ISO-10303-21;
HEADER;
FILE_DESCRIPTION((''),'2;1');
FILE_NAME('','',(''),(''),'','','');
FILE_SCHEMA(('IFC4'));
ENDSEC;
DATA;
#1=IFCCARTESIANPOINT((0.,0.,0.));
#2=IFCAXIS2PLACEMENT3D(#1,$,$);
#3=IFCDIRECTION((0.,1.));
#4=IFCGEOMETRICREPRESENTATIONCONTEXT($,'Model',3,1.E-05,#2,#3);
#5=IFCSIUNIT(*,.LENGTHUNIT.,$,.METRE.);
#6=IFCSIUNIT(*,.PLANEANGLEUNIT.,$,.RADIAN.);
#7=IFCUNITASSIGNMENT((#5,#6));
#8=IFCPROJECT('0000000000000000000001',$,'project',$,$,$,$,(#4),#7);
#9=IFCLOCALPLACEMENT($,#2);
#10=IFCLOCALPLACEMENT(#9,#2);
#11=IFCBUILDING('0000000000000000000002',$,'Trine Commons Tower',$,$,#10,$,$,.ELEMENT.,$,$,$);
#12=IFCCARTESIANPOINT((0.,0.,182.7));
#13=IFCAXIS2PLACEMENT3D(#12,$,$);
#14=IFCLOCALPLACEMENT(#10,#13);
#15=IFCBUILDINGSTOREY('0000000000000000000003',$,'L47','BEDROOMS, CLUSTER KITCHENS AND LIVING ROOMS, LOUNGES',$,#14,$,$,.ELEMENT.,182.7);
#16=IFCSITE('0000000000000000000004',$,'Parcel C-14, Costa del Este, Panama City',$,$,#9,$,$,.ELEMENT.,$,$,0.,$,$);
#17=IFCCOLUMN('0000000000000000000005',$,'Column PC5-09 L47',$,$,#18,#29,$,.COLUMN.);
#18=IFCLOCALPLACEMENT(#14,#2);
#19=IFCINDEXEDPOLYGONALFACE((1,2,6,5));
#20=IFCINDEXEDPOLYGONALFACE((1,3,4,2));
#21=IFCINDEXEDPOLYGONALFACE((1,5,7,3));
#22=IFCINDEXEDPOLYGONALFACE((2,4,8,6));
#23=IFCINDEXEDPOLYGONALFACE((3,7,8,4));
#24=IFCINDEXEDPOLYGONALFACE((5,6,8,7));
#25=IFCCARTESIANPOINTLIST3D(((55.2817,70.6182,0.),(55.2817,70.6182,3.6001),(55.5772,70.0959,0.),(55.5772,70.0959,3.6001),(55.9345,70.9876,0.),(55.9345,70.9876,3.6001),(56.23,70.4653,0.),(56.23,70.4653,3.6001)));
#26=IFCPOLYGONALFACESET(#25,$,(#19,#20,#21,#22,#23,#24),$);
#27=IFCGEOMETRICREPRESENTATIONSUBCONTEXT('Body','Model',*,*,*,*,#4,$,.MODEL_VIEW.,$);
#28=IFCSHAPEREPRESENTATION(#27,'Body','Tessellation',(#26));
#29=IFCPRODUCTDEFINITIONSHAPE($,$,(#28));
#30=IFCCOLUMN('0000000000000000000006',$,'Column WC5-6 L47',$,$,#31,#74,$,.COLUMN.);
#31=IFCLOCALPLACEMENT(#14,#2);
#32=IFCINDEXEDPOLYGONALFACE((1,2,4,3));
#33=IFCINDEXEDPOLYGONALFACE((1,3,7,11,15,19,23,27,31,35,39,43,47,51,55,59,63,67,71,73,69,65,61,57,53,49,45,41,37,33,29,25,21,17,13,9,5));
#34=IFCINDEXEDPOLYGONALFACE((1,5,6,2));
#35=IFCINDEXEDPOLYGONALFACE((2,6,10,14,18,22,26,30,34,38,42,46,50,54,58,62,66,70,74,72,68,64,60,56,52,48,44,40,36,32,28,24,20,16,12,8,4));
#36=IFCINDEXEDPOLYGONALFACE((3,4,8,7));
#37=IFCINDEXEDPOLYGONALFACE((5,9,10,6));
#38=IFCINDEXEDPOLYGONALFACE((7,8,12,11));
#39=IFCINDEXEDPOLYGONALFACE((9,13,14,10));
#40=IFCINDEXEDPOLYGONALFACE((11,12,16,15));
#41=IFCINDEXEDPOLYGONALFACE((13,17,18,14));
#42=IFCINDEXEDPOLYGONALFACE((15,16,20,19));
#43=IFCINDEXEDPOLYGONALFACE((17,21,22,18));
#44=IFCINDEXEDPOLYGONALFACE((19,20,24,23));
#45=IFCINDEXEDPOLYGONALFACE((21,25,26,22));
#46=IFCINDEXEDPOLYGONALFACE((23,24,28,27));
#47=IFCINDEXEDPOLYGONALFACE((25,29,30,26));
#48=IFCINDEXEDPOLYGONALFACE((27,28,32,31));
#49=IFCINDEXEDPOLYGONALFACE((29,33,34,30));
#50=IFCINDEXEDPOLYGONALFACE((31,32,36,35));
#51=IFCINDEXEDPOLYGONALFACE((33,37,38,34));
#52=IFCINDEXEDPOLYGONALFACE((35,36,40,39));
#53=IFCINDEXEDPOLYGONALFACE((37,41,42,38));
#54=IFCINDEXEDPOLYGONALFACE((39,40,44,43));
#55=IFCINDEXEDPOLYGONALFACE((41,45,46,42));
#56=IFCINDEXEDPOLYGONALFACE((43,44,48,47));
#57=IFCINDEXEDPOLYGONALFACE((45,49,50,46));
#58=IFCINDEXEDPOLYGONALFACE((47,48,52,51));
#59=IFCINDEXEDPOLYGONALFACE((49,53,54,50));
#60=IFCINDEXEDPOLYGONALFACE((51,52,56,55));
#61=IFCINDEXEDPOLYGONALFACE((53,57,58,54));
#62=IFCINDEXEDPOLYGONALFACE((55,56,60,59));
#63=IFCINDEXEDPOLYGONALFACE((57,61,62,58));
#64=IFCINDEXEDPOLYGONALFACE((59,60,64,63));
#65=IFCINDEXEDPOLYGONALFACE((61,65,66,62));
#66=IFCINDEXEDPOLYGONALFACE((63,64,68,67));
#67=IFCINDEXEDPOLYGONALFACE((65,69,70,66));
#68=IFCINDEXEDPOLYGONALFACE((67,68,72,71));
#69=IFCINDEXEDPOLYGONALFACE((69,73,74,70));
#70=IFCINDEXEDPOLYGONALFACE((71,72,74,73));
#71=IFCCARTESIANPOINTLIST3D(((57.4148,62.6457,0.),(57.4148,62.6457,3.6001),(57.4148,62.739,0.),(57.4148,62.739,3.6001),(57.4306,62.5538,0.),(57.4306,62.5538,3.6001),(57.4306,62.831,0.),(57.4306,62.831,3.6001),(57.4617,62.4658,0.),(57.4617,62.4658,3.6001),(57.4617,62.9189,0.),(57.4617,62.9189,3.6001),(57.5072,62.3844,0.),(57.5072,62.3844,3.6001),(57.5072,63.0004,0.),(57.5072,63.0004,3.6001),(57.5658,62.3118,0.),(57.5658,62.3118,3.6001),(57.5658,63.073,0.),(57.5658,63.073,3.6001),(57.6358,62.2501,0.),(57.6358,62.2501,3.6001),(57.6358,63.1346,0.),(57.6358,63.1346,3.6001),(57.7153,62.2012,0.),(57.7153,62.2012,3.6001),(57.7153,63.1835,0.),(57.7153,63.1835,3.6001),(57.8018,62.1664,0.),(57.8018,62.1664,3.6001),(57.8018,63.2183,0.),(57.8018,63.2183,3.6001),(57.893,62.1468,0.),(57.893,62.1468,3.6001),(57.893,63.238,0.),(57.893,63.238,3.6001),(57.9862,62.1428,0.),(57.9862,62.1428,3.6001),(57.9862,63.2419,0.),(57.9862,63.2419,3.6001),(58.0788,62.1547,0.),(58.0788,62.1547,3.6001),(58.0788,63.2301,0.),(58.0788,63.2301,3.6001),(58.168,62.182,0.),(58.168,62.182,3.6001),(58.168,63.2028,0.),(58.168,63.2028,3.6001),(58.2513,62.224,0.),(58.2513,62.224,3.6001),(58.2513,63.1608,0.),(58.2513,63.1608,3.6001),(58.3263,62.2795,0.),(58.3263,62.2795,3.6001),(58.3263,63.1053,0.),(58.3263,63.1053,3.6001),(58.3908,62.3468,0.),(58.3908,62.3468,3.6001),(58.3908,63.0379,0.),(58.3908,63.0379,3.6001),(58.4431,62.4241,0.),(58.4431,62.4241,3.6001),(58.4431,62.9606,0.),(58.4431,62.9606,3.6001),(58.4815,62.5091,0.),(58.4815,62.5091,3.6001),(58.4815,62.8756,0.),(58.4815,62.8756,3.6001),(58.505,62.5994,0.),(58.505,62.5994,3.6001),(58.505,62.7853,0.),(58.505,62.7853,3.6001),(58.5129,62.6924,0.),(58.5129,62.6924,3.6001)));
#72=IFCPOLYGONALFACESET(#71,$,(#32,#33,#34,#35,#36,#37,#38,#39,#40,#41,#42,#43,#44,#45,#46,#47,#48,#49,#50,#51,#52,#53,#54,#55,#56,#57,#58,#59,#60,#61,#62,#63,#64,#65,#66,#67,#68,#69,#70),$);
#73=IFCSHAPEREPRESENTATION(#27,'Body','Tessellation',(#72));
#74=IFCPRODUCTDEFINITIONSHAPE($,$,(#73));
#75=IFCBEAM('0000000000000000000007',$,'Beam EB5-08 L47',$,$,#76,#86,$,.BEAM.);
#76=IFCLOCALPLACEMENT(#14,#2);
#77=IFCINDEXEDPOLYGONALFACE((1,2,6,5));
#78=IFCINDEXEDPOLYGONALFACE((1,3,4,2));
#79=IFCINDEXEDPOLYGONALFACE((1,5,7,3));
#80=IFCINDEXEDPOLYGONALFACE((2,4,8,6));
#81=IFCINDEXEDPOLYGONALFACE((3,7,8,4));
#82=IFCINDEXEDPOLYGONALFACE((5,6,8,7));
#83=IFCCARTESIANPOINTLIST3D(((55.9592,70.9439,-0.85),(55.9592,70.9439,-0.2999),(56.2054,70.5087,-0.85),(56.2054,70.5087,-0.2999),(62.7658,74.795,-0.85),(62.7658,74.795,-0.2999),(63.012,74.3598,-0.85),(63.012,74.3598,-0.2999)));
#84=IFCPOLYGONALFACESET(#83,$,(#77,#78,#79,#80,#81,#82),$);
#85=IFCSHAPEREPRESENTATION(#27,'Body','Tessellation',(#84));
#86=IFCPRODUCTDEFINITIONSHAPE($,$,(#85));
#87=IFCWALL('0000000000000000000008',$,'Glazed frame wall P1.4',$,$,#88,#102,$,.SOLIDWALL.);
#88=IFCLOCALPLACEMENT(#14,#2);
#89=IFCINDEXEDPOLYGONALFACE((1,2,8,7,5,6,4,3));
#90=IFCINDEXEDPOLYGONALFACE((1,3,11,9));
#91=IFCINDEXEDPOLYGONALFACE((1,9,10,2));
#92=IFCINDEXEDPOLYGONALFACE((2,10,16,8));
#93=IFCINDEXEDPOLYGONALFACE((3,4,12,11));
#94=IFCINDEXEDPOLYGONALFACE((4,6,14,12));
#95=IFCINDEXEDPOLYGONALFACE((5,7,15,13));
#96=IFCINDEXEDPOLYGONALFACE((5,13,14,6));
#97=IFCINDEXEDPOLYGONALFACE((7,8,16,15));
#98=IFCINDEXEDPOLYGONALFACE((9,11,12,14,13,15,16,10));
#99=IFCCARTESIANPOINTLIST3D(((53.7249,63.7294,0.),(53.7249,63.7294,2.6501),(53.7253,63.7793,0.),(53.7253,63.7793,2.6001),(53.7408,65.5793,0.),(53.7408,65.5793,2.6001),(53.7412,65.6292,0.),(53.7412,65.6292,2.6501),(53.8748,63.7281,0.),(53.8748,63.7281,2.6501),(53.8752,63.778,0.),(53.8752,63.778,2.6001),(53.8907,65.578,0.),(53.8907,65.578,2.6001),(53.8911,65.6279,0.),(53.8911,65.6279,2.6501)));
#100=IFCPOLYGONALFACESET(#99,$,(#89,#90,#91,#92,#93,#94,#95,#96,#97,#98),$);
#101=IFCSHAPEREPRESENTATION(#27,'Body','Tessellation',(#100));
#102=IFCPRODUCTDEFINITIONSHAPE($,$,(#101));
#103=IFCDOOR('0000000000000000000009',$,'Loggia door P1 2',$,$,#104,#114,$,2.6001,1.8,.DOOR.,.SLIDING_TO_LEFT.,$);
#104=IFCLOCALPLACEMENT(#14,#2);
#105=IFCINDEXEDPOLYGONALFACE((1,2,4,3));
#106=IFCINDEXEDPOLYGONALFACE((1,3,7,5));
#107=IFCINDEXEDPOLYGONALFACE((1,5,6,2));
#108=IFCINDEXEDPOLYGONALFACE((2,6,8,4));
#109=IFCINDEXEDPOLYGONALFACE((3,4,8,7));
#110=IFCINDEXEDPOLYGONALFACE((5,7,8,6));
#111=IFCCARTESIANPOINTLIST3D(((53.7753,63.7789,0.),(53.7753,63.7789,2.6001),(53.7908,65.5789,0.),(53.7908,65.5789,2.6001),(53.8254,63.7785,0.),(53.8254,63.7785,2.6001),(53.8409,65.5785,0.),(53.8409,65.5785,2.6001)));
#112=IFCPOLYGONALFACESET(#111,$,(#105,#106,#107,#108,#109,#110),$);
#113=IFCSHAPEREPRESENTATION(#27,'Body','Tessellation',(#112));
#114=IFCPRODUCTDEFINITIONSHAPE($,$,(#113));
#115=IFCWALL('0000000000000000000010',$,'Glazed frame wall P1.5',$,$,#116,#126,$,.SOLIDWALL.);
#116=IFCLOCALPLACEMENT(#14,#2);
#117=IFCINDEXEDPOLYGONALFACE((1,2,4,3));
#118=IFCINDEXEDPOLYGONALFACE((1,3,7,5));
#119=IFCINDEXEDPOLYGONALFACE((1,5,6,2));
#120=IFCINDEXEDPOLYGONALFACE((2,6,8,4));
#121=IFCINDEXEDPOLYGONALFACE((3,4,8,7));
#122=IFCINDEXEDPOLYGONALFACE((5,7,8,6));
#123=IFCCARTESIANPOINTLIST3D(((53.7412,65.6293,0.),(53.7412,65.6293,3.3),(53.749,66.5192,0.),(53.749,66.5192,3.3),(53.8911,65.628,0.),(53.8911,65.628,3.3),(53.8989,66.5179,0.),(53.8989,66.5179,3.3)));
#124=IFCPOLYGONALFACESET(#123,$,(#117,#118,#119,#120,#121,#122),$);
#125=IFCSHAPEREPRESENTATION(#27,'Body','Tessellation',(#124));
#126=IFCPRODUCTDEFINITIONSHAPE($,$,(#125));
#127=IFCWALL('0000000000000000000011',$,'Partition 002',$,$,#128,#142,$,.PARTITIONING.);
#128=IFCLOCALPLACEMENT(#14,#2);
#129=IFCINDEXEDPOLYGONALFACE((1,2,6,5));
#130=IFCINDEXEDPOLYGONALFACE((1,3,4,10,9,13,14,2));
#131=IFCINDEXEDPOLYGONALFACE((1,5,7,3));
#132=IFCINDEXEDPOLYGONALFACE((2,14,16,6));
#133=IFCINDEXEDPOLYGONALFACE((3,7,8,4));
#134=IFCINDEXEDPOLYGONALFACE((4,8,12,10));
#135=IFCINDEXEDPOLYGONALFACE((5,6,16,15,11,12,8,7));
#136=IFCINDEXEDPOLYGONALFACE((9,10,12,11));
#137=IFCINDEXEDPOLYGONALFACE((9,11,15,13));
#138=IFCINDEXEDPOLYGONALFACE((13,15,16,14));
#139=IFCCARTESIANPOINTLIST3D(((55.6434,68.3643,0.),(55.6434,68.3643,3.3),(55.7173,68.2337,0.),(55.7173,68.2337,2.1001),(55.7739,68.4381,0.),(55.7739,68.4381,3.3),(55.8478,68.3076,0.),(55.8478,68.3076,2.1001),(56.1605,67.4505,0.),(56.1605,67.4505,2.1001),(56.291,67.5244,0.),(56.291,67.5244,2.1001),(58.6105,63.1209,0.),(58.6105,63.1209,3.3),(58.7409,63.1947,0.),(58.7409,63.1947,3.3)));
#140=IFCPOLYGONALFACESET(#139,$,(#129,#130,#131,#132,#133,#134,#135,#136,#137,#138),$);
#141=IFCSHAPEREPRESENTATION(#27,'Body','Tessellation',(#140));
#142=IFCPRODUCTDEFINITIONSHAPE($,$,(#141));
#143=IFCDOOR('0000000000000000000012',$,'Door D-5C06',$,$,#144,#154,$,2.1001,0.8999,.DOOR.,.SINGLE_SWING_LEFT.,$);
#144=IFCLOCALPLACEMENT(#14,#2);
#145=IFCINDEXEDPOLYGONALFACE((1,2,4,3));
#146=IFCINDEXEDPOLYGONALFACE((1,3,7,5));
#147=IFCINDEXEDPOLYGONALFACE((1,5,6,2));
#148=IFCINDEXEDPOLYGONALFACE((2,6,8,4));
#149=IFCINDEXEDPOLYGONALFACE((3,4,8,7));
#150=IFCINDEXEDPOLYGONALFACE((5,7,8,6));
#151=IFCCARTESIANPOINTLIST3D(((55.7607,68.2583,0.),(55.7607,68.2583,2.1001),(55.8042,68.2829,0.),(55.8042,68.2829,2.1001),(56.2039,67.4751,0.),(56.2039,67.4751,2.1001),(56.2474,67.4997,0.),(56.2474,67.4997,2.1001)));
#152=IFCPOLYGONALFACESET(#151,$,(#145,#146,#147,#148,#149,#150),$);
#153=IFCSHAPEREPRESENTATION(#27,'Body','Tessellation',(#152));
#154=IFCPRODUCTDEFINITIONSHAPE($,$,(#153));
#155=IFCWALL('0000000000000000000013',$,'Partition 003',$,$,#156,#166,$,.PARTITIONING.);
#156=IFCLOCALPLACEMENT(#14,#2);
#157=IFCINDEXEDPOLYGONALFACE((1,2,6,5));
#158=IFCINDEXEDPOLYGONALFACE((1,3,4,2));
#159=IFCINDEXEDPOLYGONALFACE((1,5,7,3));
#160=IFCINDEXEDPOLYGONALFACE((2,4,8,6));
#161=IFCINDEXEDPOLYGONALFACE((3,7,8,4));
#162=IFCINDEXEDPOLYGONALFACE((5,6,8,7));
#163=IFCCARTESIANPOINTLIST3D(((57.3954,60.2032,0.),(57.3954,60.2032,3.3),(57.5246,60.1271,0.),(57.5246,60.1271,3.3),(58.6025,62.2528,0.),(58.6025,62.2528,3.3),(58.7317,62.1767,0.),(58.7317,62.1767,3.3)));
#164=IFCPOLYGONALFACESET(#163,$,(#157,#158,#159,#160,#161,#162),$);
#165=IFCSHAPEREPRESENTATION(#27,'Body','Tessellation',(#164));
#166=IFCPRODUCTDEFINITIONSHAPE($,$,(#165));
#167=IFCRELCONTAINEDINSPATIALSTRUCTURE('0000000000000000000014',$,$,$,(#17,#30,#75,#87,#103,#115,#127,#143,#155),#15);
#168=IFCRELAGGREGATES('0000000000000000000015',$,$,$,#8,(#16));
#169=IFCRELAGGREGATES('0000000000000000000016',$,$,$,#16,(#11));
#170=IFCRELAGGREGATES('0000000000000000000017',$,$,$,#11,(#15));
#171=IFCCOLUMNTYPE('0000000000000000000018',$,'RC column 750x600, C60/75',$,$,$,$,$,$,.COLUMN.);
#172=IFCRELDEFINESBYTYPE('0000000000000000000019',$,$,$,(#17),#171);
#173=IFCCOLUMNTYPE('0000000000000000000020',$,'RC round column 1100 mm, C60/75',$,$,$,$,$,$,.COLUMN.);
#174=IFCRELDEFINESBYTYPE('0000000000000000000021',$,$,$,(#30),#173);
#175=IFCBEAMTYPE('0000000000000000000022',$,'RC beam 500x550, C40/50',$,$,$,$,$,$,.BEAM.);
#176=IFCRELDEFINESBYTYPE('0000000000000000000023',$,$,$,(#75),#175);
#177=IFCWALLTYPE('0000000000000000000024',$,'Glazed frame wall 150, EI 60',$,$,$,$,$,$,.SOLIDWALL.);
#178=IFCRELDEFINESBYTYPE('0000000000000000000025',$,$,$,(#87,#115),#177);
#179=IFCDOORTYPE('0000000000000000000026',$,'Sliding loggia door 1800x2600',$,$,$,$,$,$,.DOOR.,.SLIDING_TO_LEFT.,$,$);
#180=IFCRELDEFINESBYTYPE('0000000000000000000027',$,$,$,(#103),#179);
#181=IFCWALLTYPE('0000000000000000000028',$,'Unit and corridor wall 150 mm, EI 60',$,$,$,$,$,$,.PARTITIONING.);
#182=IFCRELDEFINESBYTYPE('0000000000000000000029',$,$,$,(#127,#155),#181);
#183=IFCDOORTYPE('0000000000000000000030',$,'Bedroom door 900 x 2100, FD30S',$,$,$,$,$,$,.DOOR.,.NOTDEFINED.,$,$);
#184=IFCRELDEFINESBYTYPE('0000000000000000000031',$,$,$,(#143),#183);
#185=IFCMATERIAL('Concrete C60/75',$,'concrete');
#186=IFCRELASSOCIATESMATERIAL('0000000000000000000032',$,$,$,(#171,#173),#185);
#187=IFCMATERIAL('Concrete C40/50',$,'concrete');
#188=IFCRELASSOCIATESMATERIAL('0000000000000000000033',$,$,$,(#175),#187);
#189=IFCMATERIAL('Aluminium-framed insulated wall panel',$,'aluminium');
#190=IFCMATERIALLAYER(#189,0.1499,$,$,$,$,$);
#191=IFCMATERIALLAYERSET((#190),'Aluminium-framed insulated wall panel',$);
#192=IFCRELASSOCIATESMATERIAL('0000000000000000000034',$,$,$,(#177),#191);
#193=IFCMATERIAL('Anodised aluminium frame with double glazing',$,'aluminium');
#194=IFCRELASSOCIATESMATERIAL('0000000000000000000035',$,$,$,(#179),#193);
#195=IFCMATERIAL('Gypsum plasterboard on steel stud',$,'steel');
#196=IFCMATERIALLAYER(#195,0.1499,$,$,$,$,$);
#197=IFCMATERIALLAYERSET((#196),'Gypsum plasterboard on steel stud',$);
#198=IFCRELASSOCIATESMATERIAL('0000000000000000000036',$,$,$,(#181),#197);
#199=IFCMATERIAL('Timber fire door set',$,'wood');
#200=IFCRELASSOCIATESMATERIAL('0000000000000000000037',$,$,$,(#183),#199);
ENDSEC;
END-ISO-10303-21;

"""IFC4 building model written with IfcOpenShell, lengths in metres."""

from ifc_helpers import new_model, si_unit, direction, frame, frame_2d, origin, origin_2d, place, context, subcontext, project, spatial, polyline, rectangle, circle, outline, extrude, material, layer, layer_set, material_profile, profile_set, type_object, element, fill, save


model = new_model("IFC4")

# Units and contexts
model_context = context("Model", 3, precision=1e-05, world=origin(), true_north=direction((0.0, 1.0)))
body_context = subcontext(model_context, "Body", "Model", "MODEL_VIEW")
ifc_project = project(units=[si_unit("LENGTHUNIT", "METRE"), si_unit("PLANEANGLEUNIT", "RADIAN")], contexts=[model_context])

# Site, building, storey
site_placement = place(None, origin())
site = spatial("IfcSite", under=ifc_project, at=site_placement, Name="Parcel C-14, Costa del Este, Panama City", CompositionType="ELEMENT", RefElevation=0.0)
building_placement = place(site_placement, origin())
building = spatial("IfcBuilding", under=site, at=building_placement, Name="Trine Commons Tower", CompositionType="ELEMENT")
storey_placement = place(building_placement, frame((0.0, 0.0, 182.7)))
storey = spatial("IfcBuildingStorey", under=building, at=storey_placement, Name="L47", Description="BEDROOMS, CLUSTER KITCHENS AND LIVING ROOMS, LOUNGES", CompositionType="ELEMENT", Elevation=182.7)

# Columns
ifc_material_1 = material(Name="Concrete C60/75", Category="concrete")
ifc_material_profile_1 = material_profile(ifc_material_1, rectangle(XDim=0.75, YDim=0.6001, at=origin_2d()), Name="RC 750x600")
ifc_profile_set_1 = profile_set([ifc_material_profile_1], Name="Concrete C60/75")
column_type_1 = type_object("IfcColumnType", Name="RC column 750x600, C60/75", PredefinedType="COLUMN", material=ifc_profile_set_1)
column_1_placement = place(storey_placement, frame((55.7559, 70.5417, 0.0), z_axis=(0.0, 0.0, 1.0), x_axis=(0.870356, 0.492424, 0.0)))
element("IfcColumn", 1, at=column_1_placement, inside=storey, type_object=column_type_1, Name="Column PC5-09 L47", PredefinedType="COLUMN", context=body_context, shape_type="SweptSolid", body=[
    extrude(rectangle(XDim=0.75, YDim=0.6001, at=origin_2d()), origin(), (0.0, 0.0, 1.0), 3.6001),
])
ifc_material_profile_2 = material_profile(ifc_material_1, circle(Radius=0.55, at=origin_2d()), Name="RC round 1100")
ifc_profile_set_2 = profile_set([ifc_material_profile_2], Name="Concrete C60/75")
column_type_2 = type_object("IfcColumnType", Name="RC round column 1100 mm, C60/75", PredefinedType="COLUMN", material=ifc_profile_set_2)
column_2_placement = place(storey_placement, frame((57.9629, 62.6924, 0.0), z_axis=(0.0, 0.0, 1.0), x_axis=(1.0, 0.0, 0.0)))
element("IfcColumn", 2, at=column_2_placement, inside=storey, type_object=column_type_2, Name="Column WC5-6 L47", PredefinedType="COLUMN", context=body_context, shape_type="SweptSolid", body=[
    extrude(circle(Radius=0.55, at=origin_2d()), origin(), (0.0, 0.0, 1.0), 3.6001),
])

# Beam
ifc_material_2 = material(Name="Concrete C40/50", Category="concrete")
ifc_material_profile_3 = material_profile(ifc_material_2, rectangle(XDim=0.5, YDim=0.55, at=origin_2d()), Name="RC 500x550")
ifc_profile_set_3 = profile_set([ifc_material_profile_3], Name="Concrete C40/50")
beam_type = type_object("IfcBeamType", Name="RC beam 500x550, C40/50", PredefinedType="BEAM", material=ifc_profile_set_3)
beam_placement = place(storey_placement, frame((56.0823, 70.7263, -0.575), z_axis=(0.870352, 0.49243, 0.0), x_axis=(-0.49243, 0.870352, 0.0)))
element("IfcBeam", 3, at=beam_placement, inside=storey, type_object=beam_type, Name="Beam EB5-08 L47", PredefinedType="BEAM", context=body_context, shape_type="SweptSolid", body=[
    extrude(rectangle(XDim=0.5, YDim=0.55, at=origin_2d()), origin(), (0.0, 0.0, 1.0), 7.8206),
])

# Wall, opening, door
ifc_material_3 = material(Name="Aluminium-framed insulated wall panel", Category="aluminium")
ifc_layer_1 = layer(ifc_material_3, 0.1499)
ifc_layer_set_1 = layer_set([ifc_layer_1], Name="Aluminium-framed insulated wall panel")
wall_type_1 = type_object("IfcWallType", Name="Glazed frame wall 150, EI 60", PredefinedType="SOLIDWALL", material=ifc_layer_set_1)
wall_1_placement = place(storey_placement, frame((53.7998, 63.7288, 0.0), z_axis=(0.0, 0.0, 1.0), x_axis=(0.008609, 0.999963, 0.0)))
wall_1 = element("IfcWall", 4, at=wall_1_placement, inside=storey, type_object=wall_type_1, Name="Glazed frame wall P1.4", PredefinedType="SOLIDWALL", context=body_context, shape_type="SweptSolid", body=[
    extrude(outline(polyline([(0.0, -0.075), (1.8999, -0.075), (1.8999, 0.075), (0.0, 0.075), (0.0, -0.075)])), origin(), (0.0, 0.0, 1.0), 2.6501),
])
opening_1_placement = place(wall_1_placement, frame((0.05, 0.0, 0.0)))
opening_1 = element("IfcOpeningElement", 5, at=opening_1_placement, cuts=wall_1, PredefinedType="OPENING", context=body_context, shape_type="SweptSolid", body=[
    extrude(rectangle(XDim=1.8, YDim=2.6001, at=frame_2d((0.8999, 1.3))), frame((0.0, 0.085, 0.0), z_axis=(0.0, -1.0, 0.0), x_axis=(1.0, 0.0, 0.0)), (0.0, 0.0, 1.0), 0.1699),
])
ifc_material_4 = material(Name="Anodised aluminium frame with double glazing", Category="aluminium")
door_type_1 = type_object("IfcDoorType", Name="Sliding loggia door 1800x2600", OperationType="SLIDING_TO_LEFT", PredefinedType="DOOR", material=ifc_material_4)
door_1_placement = place(opening_1_placement, origin())
door_1 = element("IfcDoor", 6, at=door_1_placement, inside=storey, type_object=door_type_1, Name="Loggia door P1 2", OperationType="SLIDING_TO_LEFT", OverallHeight=2.6001, OverallWidth=1.8, PredefinedType="DOOR", context=body_context, shape_type="SweptSolid", body=[
    extrude(rectangle(XDim=1.8, YDim=2.6001, at=frame_2d((0.8999, 1.3))), frame((0.0, 0.0249, 0.0), z_axis=(0.0, -1.0, 0.0), x_axis=(1.0, 0.0, 0.0)), (0.0, 0.0, 1.0), 0.05),
])
fill(opening_1, door_1)

# Wall
wall_2_placement = place(storey_placement, frame((53.8162, 65.6287, 0.0), z_axis=(0.0, 0.0, 1.0), x_axis=(0.008789, 0.999961, 0.0)))
element("IfcWall", 7, at=wall_2_placement, inside=storey, type_object=wall_type_1, Name="Glazed frame wall P1.5", PredefinedType="SOLIDWALL", context=body_context, shape_type="SweptSolid", body=[
    extrude(outline(polyline([(0.8899, 0.075), (0.0, 0.075), (0.0, -0.075), (0.8899, -0.075), (0.8899, 0.075)])), origin(), (0.0, 0.0, 1.0), 3.3),
])

# Wall, opening, door
ifc_material_5 = material(Name="Gypsum plasterboard on steel stud", Category="steel")
ifc_layer_2 = layer(ifc_material_5, 0.1499)
ifc_layer_set_2 = layer_set([ifc_layer_2], Name="Gypsum plasterboard on steel stud")
wall_type_2 = type_object("IfcWallType", Name="Unit and corridor wall 150 mm, EI 60", PredefinedType="PARTITIONING", material=ifc_layer_set_2)
wall_3_placement = place(storey_placement, frame((55.7087, 68.4011, 0.0), z_axis=(0.0, 0.0, 1.0), x_axis=(0.492482, -0.870323, 0.0)))
wall_3 = element("IfcWall", 8, at=wall_3_placement, inside=storey, type_object=wall_type_2, Name="Partition 002", PredefinedType="PARTITIONING", context=body_context, shape_type="SweptSolid", body=[
    extrude(rectangle(XDim=6.0247, YDim=0.1499, at=frame_2d((3.0122, 0.0))), origin(), (0.0, 0.0, 1.0), 3.3),
])
opening_2_placement = place(wall_3_placement, frame((0.1499, 0.0, 0.0)))
opening_2 = element("IfcOpeningElement", 9, at=opening_2_placement, cuts=wall_3, PredefinedType="OPENING", context=body_context, shape_type="SweptSolid", body=[
    extrude(rectangle(XDim=0.8999, YDim=2.1001, at=frame_2d((0.45, 1.05))), frame((0.0, 0.085, 0.0), z_axis=(0.0, -1.0, 0.0), x_axis=(1.0, 0.0, 0.0)), (0.0, 0.0, 1.0), 0.1699),
])
ifc_material_6 = material(Name="Timber fire door set", Category="wood")
door_type_2 = type_object("IfcDoorType", Name="Bedroom door 900 x 2100, FD30S", OperationType="NOTDEFINED", PredefinedType="DOOR", material=ifc_material_6)
door_2_placement = place(opening_2_placement, origin())
door_2 = element("IfcDoor", 10, at=door_2_placement, inside=storey, type_object=door_type_2, Name="Door D-5C06", OperationType="SINGLE_SWING_LEFT", OverallHeight=2.1001, OverallWidth=0.8999, PredefinedType="DOOR", context=body_context, shape_type="SweptSolid", body=[
    extrude(rectangle(XDim=0.8999, YDim=2.1001, at=frame_2d((0.45, 1.05))), frame((0.0, 0.0249, 0.0), z_axis=(0.0, -1.0, 0.0), x_axis=(1.0, 0.0, 0.0)), (0.0, 0.0, 1.0), 0.05),
])
fill(opening_2, door_2)

# Wall
wall_4_placement = place(storey_placement, frame((57.46, 60.165, 0.0), z_axis=(0.0, 0.0, 1.0), x_axis=(0.50746, 0.861676, 0.0)))
element("IfcWall", 11, at=wall_4_placement, inside=storey, type_object=wall_type_2, Name="Partition 003", PredefinedType="PARTITIONING", context=body_context, shape_type="SweptSolid", body=[
    extrude(rectangle(XDim=2.3787, YDim=0.1499, at=frame_2d((1.1895, 0.0))), origin(), (0.0, 0.0, 1.0), 3.3),
])

save(model, "model.ifc")
